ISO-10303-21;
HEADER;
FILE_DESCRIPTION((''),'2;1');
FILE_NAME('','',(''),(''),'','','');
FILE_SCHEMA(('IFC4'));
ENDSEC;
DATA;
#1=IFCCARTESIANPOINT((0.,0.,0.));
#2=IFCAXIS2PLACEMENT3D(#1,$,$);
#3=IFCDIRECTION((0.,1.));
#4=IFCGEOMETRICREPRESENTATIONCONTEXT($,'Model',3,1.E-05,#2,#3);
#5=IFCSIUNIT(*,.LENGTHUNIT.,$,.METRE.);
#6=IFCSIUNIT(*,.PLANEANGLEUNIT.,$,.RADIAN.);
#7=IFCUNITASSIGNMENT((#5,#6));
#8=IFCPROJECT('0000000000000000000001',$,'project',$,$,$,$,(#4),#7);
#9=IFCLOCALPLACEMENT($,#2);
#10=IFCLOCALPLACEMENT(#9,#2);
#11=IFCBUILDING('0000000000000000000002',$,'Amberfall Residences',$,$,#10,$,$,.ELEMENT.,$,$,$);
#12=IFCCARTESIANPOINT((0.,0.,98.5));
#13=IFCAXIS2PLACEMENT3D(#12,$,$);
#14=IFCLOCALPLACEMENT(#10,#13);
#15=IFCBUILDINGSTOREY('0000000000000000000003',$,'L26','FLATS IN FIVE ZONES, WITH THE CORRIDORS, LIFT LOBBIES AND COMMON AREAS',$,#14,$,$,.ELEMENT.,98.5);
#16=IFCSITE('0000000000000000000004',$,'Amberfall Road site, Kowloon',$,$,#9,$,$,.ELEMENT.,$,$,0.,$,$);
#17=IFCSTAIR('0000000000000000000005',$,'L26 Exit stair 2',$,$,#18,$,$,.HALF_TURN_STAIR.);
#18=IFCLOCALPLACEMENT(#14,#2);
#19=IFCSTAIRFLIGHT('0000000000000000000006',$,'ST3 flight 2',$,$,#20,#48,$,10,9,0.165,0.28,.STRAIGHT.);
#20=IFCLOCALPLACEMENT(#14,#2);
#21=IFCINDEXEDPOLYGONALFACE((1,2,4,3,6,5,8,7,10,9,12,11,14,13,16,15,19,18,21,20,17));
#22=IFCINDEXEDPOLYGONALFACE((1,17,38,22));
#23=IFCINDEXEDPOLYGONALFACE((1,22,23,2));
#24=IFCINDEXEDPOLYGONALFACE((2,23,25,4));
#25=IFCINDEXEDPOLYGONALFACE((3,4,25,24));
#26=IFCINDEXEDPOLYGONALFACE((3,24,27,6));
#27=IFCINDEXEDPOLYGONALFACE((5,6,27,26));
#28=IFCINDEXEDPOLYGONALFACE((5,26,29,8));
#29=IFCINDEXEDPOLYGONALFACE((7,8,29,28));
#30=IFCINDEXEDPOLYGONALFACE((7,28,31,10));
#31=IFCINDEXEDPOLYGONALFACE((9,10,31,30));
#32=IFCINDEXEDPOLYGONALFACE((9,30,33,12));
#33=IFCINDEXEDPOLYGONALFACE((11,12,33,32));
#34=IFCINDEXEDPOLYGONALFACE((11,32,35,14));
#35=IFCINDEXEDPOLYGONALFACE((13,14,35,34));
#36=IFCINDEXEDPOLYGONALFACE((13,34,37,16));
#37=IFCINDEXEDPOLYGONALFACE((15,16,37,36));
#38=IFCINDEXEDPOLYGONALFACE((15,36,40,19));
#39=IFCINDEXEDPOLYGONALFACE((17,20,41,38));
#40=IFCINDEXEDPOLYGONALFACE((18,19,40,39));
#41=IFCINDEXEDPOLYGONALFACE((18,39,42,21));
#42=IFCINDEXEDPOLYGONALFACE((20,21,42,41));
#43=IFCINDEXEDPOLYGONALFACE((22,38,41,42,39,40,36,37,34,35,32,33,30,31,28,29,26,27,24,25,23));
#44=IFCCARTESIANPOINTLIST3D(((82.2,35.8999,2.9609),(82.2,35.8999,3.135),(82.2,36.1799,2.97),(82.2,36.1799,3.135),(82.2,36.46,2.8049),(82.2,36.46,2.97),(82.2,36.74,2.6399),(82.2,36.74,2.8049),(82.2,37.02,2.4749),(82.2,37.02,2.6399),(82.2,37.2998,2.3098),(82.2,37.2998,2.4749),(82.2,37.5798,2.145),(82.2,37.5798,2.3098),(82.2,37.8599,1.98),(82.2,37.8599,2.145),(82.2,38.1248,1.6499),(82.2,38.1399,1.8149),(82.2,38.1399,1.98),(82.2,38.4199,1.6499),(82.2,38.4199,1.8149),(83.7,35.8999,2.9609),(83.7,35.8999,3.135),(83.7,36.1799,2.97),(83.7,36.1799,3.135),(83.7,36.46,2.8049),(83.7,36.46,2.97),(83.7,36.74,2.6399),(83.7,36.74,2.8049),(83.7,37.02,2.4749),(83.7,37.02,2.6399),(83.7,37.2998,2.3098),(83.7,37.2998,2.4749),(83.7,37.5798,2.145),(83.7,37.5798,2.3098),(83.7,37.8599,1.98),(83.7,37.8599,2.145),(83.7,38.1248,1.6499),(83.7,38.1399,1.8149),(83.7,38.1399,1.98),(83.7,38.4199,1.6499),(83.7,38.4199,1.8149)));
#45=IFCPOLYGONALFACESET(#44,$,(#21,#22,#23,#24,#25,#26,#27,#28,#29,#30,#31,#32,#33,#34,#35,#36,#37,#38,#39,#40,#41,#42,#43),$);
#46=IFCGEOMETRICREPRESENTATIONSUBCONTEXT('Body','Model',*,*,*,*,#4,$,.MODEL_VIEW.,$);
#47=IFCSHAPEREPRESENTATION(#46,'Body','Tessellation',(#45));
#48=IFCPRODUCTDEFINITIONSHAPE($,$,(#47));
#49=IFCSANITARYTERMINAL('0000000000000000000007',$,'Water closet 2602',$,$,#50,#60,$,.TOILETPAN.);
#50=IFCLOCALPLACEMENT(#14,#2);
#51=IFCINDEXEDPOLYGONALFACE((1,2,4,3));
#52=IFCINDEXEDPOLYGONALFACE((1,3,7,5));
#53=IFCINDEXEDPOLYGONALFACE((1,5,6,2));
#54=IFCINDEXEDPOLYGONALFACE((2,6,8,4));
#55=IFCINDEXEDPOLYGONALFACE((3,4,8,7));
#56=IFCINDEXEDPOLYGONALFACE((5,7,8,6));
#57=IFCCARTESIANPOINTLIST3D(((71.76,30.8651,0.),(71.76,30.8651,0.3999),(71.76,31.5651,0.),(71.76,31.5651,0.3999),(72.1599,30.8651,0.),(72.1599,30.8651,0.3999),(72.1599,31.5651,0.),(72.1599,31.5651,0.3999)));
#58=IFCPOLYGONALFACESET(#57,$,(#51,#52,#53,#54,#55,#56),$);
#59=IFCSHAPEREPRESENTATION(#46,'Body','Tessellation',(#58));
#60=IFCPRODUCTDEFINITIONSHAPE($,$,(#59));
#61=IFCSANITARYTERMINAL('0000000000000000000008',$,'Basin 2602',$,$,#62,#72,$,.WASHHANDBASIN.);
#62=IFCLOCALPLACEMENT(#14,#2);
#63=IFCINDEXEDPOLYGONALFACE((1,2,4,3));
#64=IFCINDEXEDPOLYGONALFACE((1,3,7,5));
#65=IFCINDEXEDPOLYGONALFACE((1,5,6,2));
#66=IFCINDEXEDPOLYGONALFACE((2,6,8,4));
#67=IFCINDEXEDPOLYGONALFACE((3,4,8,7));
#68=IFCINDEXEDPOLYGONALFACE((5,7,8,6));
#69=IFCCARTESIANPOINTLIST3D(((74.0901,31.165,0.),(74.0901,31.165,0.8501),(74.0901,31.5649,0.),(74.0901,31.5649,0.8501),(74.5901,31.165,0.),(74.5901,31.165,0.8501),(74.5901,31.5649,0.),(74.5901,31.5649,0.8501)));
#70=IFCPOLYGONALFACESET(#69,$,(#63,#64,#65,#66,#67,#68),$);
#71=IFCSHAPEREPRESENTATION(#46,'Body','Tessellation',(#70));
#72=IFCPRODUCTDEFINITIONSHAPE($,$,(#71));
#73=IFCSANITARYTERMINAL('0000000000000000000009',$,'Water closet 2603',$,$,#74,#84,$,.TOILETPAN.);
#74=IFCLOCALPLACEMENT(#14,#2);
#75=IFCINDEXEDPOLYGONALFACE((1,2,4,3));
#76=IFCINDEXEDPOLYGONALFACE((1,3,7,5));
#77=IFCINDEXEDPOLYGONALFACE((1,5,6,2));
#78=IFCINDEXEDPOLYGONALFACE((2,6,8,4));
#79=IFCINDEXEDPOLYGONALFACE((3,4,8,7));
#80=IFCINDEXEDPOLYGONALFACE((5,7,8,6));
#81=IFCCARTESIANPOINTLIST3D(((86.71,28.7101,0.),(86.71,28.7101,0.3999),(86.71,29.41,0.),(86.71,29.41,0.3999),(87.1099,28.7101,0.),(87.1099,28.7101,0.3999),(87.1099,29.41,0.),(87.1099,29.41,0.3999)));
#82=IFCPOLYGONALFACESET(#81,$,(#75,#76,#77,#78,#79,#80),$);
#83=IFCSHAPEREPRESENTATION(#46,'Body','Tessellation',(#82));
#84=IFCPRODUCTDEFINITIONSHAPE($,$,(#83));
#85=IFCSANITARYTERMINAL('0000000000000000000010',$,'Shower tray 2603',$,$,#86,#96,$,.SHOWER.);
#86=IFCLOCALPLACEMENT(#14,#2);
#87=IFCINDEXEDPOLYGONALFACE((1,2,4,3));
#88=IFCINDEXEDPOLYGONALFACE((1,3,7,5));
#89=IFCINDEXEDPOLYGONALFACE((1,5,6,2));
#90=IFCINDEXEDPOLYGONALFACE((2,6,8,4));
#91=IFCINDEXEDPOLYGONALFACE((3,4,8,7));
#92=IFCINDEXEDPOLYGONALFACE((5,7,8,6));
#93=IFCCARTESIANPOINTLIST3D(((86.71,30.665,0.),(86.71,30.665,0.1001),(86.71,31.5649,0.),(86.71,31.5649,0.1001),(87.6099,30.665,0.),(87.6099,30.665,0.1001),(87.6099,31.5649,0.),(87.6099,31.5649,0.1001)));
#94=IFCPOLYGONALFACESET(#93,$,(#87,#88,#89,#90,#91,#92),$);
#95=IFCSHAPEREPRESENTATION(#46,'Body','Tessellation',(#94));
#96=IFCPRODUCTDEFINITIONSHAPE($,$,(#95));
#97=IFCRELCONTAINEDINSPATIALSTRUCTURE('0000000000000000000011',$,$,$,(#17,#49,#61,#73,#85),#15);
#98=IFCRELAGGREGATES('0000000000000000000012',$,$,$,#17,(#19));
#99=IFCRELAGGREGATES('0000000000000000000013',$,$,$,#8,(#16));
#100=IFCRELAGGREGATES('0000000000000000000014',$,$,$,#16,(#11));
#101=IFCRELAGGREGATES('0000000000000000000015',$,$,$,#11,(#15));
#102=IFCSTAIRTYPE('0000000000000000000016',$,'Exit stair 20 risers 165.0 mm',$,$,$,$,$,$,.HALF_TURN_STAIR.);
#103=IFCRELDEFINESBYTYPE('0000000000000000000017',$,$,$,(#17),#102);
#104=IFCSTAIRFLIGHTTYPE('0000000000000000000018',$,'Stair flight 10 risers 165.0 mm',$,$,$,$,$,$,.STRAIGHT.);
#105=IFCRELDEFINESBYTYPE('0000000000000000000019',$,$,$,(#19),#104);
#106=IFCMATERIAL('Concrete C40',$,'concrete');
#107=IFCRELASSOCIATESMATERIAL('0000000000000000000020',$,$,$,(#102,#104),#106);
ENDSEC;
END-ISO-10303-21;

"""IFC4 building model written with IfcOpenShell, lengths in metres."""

from ifc_helpers import new_model, si_unit, direction, frame, origin, origin_2d, place, context, subcontext, project, spatial, polyline, rectangle, outline, extrude, material, type_object, element, aggregate, save


model = new_model("IFC4")

# Units and contexts
model_context = context("Model", 3, precision=1e-05, world=origin(), true_north=direction((0.0, 1.0)))
body_context = subcontext(model_context, "Body", "Model", "MODEL_VIEW")
ifc_project = project(units=[si_unit("LENGTHUNIT", "METRE"), si_unit("PLANEANGLEUNIT", "RADIAN")], contexts=[model_context])

# Site, building, storey
site_placement = place(None, origin())
site = spatial("IfcSite", under=ifc_project, at=site_placement, Name="Amberfall Road site, Kowloon", CompositionType="ELEMENT", RefElevation=0.0)
building_placement = place(site_placement, origin())
building = spatial("IfcBuilding", under=site, at=building_placement, Name="Amberfall Residences", CompositionType="ELEMENT")
storey_placement = place(building_placement, frame((0.0, 0.0, 98.5)))
storey = spatial("IfcBuildingStorey", under=building, at=storey_placement, Name="L26", Description="FLATS IN FIVE ZONES, WITH THE CORRIDORS, LIFT LOBBIES AND COMMON AREAS", CompositionType="ELEMENT", Elevation=98.5)

# Stair, stair flight
ifc_material_1 = material(Name="Concrete C40", Category="concrete")
stair_type = type_object("IfcStairType", Name="Exit stair 20 risers 165.0 mm", PredefinedType="HALF_TURN_STAIR", material=ifc_material_1)
stair_placement = place(storey_placement, origin())
stair = element("IfcStair", 1, at=stair_placement, inside=storey, type_object=stair_type, Name="L26 Exit stair 2", PredefinedType="HALF_TURN_STAIR")
stair_flight_type = type_object("IfcStairFlightType", Name="Stair flight 10 risers 165.0 mm", PredefinedType="STRAIGHT", material=ifc_material_1)
stair_flight_1_placement = place(storey_placement, frame((82.95, 38.4199, 1.6499), z_axis=(0.0, 0.0, 1.0), x_axis=(0.0, -1.0, 0.0)))
stair_flight_1 = element("IfcStairFlight", 2, at=stair_flight_1_placement, type_object=stair_flight_type, Name="ST3 flight 2", NumberOfRisers=10, NumberOfTreads=9, PredefinedType="STRAIGHT", RiserHeight=0.165, TreadLength=0.28, context=body_context, shape_type="SweptSolid", body=[
    extrude(outline(polyline([(0.0, 0.0), (0.0, 0.165), (0.28, 0.165), (0.28, 0.3301), (0.5601, 0.3301), (0.5601, 0.4951), (0.8401, 0.4951), (0.8401, 0.6599), (1.1201, 0.6599), (1.1201, 0.825), (1.3999, 0.825), (1.3999, 0.99), (1.6799, 0.99), (1.6799, 1.155), (1.96, 1.155), (1.96, 1.3201), (2.24, 1.3201), (2.24, 1.4851), (2.52, 1.4851), (2.52, 1.6499), (2.52, 1.311), (0.2952, 0.0), (0.0, 0.0)])), frame((0.0, 0.75, 0.0), z_axis=(0.0, -1.0, 0.0), x_axis=(1.0, 0.0, 0.0)), (0.0, 0.0, 1.0), 1.5),
])
aggregate(stair, [stair_flight_1])

# Sanitary terminals
sanitary_terminal_1_placement = place(storey_placement, frame((71.96, 31.2151, 0.0), z_axis=(0.0, 0.0, 1.0), x_axis=(1.0, 0.0, 0.0)))
element("IfcSanitaryTerminal", 3, at=sanitary_terminal_1_placement, inside=storey, Name="Water closet 2602", PredefinedType="TOILETPAN", context=body_context, shape_type="SweptSolid", body=[
    extrude(rectangle(XDim=0.3999, YDim=0.7, at=origin_2d()), origin(), (0.0, 0.0, 1.0), 0.3999),
])
sanitary_terminal_2_placement = place(storey_placement, frame((74.3401, 31.365, 0.0), z_axis=(0.0, 0.0, 1.0), x_axis=(1.0, 0.0, 0.0)))
element("IfcSanitaryTerminal", 4, at=sanitary_terminal_2_placement, inside=storey, Name="Basin 2602", PredefinedType="WASHHANDBASIN", context=body_context, shape_type="SweptSolid", body=[
    extrude(rectangle(XDim=0.5, YDim=0.3999, at=origin_2d()), origin(), (0.0, 0.0, 1.0), 0.8501),
])
sanitary_terminal_3_placement = place(storey_placement, frame((86.9099, 29.0601, 0.0), z_axis=(0.0, 0.0, 1.0), x_axis=(1.0, 0.0, 0.0)))
element("IfcSanitaryTerminal", 5, at=sanitary_terminal_3_placement, inside=storey, Name="Water closet 2603", PredefinedType="TOILETPAN", context=body_context, shape_type="SweptSolid", body=[
    extrude(rectangle(XDim=0.3999, YDim=0.7, at=origin_2d()), origin(), (0.0, 0.0, 1.0), 0.3999),
])
sanitary_terminal_4_placement = place(storey_placement, frame((87.1599, 31.115, 0.0), z_axis=(0.0, 0.0, 1.0), x_axis=(1.0, 0.0, 0.0)))
element("IfcSanitaryTerminal", 6, at=sanitary_terminal_4_placement, inside=storey, Name="Shower tray 2603", PredefinedType="SHOWER", context=body_context, shape_type="SweptSolid", body=[
    extrude(rectangle(XDim=0.8999, YDim=0.8999, at=origin_2d()), origin(), (0.0, 0.0, 1.0), 0.1001),
])

save(model, "model.ifc")
